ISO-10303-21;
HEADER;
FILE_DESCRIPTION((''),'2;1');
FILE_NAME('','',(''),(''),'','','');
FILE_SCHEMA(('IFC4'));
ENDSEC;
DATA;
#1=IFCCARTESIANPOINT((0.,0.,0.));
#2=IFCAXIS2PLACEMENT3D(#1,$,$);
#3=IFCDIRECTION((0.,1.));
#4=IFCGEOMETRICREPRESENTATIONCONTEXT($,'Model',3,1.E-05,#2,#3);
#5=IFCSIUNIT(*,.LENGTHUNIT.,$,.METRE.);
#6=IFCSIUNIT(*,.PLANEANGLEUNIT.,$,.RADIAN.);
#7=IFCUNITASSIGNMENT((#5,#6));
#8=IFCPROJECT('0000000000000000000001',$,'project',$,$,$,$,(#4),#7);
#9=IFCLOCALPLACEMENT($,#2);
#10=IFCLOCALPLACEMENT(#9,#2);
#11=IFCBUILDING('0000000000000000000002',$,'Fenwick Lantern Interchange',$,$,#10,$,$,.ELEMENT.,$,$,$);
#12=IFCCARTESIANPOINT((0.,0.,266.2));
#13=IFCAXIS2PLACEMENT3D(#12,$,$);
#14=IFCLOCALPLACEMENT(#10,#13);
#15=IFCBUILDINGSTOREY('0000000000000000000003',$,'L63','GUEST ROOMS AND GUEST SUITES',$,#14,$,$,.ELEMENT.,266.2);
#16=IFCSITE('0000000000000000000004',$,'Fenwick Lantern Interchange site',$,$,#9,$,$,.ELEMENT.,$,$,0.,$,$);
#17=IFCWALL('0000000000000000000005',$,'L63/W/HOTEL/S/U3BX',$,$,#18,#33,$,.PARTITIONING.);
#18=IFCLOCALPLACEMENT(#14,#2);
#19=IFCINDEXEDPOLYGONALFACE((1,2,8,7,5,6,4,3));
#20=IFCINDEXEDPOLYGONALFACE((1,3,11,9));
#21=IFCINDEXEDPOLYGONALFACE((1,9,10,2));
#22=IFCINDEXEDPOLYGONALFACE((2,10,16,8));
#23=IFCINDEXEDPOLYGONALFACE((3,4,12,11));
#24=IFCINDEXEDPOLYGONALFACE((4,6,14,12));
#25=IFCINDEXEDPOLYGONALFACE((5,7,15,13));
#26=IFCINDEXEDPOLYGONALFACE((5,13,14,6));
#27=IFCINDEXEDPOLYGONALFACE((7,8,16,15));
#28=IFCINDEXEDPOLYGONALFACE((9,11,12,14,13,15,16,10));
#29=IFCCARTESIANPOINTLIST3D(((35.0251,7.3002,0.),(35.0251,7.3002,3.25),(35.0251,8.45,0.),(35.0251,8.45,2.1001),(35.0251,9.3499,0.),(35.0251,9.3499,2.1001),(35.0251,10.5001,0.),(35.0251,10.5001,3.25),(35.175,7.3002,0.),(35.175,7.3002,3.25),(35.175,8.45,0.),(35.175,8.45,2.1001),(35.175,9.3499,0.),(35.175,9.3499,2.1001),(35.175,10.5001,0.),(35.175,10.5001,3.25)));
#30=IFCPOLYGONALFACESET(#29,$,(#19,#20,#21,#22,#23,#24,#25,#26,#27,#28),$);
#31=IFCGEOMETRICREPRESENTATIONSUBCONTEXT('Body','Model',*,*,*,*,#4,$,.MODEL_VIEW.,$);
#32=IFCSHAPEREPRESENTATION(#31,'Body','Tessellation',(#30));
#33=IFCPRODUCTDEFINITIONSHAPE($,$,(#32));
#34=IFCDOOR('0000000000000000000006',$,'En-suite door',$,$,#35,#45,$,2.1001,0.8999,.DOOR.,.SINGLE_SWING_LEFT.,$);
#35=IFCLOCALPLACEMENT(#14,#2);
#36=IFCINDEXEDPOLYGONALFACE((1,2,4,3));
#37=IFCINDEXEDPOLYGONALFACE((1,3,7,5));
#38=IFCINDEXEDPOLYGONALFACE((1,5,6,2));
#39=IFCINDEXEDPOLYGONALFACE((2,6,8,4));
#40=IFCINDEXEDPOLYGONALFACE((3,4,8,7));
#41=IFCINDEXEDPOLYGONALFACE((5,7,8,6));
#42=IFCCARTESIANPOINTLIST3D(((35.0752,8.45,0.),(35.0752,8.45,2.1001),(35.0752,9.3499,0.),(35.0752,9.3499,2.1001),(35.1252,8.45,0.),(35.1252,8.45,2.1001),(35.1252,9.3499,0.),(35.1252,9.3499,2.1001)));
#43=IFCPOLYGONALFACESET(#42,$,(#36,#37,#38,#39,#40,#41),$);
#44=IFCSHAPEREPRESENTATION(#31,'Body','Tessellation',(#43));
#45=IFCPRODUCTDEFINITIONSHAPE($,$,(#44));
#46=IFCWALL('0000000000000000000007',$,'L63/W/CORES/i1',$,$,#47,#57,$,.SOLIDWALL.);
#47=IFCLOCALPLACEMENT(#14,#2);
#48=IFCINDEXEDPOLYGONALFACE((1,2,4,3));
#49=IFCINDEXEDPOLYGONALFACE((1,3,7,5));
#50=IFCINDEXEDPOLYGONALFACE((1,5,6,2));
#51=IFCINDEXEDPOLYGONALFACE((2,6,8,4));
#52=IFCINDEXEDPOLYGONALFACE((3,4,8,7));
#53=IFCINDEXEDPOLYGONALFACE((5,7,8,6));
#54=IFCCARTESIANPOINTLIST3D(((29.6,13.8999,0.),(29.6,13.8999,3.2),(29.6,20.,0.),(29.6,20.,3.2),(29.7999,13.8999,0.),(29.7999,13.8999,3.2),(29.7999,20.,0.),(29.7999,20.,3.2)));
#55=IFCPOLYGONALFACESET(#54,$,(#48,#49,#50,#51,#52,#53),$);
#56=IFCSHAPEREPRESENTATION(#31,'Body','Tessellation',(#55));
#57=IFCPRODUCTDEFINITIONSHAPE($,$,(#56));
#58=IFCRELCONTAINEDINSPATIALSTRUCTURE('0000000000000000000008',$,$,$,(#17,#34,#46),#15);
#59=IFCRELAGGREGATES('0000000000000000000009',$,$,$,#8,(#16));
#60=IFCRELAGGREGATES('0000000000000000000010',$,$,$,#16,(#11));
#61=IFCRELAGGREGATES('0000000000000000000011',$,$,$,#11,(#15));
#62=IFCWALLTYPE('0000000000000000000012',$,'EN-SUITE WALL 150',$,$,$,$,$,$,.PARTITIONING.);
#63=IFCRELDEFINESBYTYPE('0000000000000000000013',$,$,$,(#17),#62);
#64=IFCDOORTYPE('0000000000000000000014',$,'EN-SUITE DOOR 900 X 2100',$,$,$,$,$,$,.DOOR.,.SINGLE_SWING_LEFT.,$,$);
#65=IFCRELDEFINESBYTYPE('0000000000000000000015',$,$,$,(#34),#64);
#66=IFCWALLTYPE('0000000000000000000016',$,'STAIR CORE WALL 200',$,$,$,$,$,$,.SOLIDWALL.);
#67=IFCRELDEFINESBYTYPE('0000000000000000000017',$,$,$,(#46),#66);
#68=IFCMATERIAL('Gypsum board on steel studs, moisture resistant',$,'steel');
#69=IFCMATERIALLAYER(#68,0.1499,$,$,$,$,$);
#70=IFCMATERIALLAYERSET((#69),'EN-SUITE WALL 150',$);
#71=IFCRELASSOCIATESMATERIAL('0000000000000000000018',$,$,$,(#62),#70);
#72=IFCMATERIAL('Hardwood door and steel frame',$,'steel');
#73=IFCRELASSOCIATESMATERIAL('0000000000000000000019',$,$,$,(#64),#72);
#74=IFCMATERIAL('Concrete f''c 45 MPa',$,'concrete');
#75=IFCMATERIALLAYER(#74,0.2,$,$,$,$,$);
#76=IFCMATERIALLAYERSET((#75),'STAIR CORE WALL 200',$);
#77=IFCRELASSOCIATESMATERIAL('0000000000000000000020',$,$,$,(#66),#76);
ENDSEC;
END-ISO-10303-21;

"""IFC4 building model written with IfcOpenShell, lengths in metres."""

from ifc_helpers import new_model, si_unit, direction, frame, frame_2d, origin, place, context, subcontext, project, spatial, rectangle, extrude, material, layer, layer_set, type_object, element, fill, save


model = new_model("IFC4")

# Units and contexts
model_context = context("Model", 3, precision=1e-05, world=origin(), true_north=direction((0.0, 1.0)))
body_context = subcontext(model_context, "Body", "Model", "MODEL_VIEW")
ifc_project = project(units=[si_unit("LENGTHUNIT", "METRE"), si_unit("PLANEANGLEUNIT", "RADIAN")], contexts=[model_context])

# Site, building, storey
site_placement = place(None, origin())
site = spatial("IfcSite", under=ifc_project, at=site_placement, Name="Fenwick Lantern Interchange site", CompositionType="ELEMENT", RefElevation=0.0)
building_placement = place(site_placement, origin())
building = spatial("IfcBuilding", under=site, at=building_placement, Name="Fenwick Lantern Interchange", CompositionType="ELEMENT")
storey_placement = place(building_placement, frame((0.0, 0.0, 266.2)))
storey = spatial("IfcBuildingStorey", under=building, at=storey_placement, Name="L63", Description="GUEST ROOMS AND GUEST SUITES", CompositionType="ELEMENT", Elevation=266.2)

# Shared definitions
ifc_material_1 = material(Name="Hardwood door and steel frame", Category="steel")

# Shared definitions
ifc_material_2 = material(Name="Gypsum board on steel studs, moisture resistant", Category="steel")
ifc_layer_1 = layer(ifc_material_2, 0.1499)
ifc_layer_set_1 = layer_set([ifc_layer_1], Name="EN-SUITE WALL 150")
wall_type_1 = type_object("IfcWallType", Name="EN-SUITE WALL 150", PredefinedType="PARTITIONING", material=ifc_layer_set_1)

# Shared definitions
door_type_1 = type_object("IfcDoorType", Name="EN-SUITE DOOR 900 X 2100", OperationType="SINGLE_SWING_LEFT", PredefinedType="DOOR", material=ifc_material_1)

# Wall, opening, door
wall_1_placement = place(storey_placement, frame((35.1001, 7.3, 0.0), z_axis=(0.0, 0.0, 1.0), x_axis=(0.0, 1.0, 0.0)))
wall_1 = element("IfcWall", 1, at=wall_1_placement, inside=storey, type_object=wall_type_1, Name="L63/W/HOTEL/S/U3BX", PredefinedType="PARTITIONING", context=body_context, shape_type="SweptSolid", body=[
    extrude(rectangle(XDim=3.2, YDim=0.1499, at=frame_2d((1.6001, 0.0))), origin(), (0.0, 0.0, 1.0), 3.25),
])
opening_1_placement = place(wall_1_placement, frame((1.1499, 0.0, 0.0)))
opening_1 = element("IfcOpeningElement", 2, at=opening_1_placement, cuts=wall_1, PredefinedType="OPENING", context=body_context, shape_type="SweptSolid", body=[
    extrude(rectangle(XDim=0.8999, YDim=2.1001, at=frame_2d((0.45, 1.05))), frame((0.0, 0.085, 0.0), z_axis=(0.0, -1.0, 0.0), x_axis=(1.0, 0.0, 0.0)), (0.0, 0.0, 1.0), 0.1699),
])
door_1_placement = place(opening_1_placement, origin())
door_1 = element("IfcDoor", 3, at=door_1_placement, inside=storey, type_object=door_type_1, Name="En-suite door", OperationType="SINGLE_SWING_LEFT", OverallHeight=2.1001, OverallWidth=0.8999, PredefinedType="DOOR", context=body_context, shape_type="SweptSolid", body=[
    extrude(rectangle(XDim=0.8999, YDim=2.1001, at=frame_2d((0.45, 1.05))), frame((0.0, 0.0249, 0.0), z_axis=(0.0, -1.0, 0.0), x_axis=(1.0, 0.0, 0.0)), (0.0, 0.0, 1.0), 0.05),
])
fill(opening_1, door_1)

# Wall
ifc_material_3 = material(Name="Concrete f'c 45 MPa", Category="concrete")
ifc_layer_2 = layer(ifc_material_3, 0.2)
ifc_layer_set_2 = layer_set([ifc_layer_2], Name="STAIR CORE WALL 200")
wall_type_2 = type_object("IfcWallType", Name="STAIR CORE WALL 200", PredefinedType="SOLIDWALL", material=ifc_layer_set_2)
wall_2_placement = place(storey_placement, frame((29.7, 13.8999, 0.0), z_axis=(0.0, 0.0, 1.0), x_axis=(0.0, 1.0, 0.0)))
element("IfcWall", 4, at=wall_2_placement, inside=storey, type_object=wall_type_2, Name="L63/W/CORES/i1", PredefinedType="SOLIDWALL", context=body_context, shape_type="SweptSolid", body=[
    extrude(rectangle(XDim=6.1001, YDim=0.2, at=frame_2d((3.05, 0.0))), origin(), (0.0, 0.0, 1.0), 3.2),
])

save(model, "model.ifc")
